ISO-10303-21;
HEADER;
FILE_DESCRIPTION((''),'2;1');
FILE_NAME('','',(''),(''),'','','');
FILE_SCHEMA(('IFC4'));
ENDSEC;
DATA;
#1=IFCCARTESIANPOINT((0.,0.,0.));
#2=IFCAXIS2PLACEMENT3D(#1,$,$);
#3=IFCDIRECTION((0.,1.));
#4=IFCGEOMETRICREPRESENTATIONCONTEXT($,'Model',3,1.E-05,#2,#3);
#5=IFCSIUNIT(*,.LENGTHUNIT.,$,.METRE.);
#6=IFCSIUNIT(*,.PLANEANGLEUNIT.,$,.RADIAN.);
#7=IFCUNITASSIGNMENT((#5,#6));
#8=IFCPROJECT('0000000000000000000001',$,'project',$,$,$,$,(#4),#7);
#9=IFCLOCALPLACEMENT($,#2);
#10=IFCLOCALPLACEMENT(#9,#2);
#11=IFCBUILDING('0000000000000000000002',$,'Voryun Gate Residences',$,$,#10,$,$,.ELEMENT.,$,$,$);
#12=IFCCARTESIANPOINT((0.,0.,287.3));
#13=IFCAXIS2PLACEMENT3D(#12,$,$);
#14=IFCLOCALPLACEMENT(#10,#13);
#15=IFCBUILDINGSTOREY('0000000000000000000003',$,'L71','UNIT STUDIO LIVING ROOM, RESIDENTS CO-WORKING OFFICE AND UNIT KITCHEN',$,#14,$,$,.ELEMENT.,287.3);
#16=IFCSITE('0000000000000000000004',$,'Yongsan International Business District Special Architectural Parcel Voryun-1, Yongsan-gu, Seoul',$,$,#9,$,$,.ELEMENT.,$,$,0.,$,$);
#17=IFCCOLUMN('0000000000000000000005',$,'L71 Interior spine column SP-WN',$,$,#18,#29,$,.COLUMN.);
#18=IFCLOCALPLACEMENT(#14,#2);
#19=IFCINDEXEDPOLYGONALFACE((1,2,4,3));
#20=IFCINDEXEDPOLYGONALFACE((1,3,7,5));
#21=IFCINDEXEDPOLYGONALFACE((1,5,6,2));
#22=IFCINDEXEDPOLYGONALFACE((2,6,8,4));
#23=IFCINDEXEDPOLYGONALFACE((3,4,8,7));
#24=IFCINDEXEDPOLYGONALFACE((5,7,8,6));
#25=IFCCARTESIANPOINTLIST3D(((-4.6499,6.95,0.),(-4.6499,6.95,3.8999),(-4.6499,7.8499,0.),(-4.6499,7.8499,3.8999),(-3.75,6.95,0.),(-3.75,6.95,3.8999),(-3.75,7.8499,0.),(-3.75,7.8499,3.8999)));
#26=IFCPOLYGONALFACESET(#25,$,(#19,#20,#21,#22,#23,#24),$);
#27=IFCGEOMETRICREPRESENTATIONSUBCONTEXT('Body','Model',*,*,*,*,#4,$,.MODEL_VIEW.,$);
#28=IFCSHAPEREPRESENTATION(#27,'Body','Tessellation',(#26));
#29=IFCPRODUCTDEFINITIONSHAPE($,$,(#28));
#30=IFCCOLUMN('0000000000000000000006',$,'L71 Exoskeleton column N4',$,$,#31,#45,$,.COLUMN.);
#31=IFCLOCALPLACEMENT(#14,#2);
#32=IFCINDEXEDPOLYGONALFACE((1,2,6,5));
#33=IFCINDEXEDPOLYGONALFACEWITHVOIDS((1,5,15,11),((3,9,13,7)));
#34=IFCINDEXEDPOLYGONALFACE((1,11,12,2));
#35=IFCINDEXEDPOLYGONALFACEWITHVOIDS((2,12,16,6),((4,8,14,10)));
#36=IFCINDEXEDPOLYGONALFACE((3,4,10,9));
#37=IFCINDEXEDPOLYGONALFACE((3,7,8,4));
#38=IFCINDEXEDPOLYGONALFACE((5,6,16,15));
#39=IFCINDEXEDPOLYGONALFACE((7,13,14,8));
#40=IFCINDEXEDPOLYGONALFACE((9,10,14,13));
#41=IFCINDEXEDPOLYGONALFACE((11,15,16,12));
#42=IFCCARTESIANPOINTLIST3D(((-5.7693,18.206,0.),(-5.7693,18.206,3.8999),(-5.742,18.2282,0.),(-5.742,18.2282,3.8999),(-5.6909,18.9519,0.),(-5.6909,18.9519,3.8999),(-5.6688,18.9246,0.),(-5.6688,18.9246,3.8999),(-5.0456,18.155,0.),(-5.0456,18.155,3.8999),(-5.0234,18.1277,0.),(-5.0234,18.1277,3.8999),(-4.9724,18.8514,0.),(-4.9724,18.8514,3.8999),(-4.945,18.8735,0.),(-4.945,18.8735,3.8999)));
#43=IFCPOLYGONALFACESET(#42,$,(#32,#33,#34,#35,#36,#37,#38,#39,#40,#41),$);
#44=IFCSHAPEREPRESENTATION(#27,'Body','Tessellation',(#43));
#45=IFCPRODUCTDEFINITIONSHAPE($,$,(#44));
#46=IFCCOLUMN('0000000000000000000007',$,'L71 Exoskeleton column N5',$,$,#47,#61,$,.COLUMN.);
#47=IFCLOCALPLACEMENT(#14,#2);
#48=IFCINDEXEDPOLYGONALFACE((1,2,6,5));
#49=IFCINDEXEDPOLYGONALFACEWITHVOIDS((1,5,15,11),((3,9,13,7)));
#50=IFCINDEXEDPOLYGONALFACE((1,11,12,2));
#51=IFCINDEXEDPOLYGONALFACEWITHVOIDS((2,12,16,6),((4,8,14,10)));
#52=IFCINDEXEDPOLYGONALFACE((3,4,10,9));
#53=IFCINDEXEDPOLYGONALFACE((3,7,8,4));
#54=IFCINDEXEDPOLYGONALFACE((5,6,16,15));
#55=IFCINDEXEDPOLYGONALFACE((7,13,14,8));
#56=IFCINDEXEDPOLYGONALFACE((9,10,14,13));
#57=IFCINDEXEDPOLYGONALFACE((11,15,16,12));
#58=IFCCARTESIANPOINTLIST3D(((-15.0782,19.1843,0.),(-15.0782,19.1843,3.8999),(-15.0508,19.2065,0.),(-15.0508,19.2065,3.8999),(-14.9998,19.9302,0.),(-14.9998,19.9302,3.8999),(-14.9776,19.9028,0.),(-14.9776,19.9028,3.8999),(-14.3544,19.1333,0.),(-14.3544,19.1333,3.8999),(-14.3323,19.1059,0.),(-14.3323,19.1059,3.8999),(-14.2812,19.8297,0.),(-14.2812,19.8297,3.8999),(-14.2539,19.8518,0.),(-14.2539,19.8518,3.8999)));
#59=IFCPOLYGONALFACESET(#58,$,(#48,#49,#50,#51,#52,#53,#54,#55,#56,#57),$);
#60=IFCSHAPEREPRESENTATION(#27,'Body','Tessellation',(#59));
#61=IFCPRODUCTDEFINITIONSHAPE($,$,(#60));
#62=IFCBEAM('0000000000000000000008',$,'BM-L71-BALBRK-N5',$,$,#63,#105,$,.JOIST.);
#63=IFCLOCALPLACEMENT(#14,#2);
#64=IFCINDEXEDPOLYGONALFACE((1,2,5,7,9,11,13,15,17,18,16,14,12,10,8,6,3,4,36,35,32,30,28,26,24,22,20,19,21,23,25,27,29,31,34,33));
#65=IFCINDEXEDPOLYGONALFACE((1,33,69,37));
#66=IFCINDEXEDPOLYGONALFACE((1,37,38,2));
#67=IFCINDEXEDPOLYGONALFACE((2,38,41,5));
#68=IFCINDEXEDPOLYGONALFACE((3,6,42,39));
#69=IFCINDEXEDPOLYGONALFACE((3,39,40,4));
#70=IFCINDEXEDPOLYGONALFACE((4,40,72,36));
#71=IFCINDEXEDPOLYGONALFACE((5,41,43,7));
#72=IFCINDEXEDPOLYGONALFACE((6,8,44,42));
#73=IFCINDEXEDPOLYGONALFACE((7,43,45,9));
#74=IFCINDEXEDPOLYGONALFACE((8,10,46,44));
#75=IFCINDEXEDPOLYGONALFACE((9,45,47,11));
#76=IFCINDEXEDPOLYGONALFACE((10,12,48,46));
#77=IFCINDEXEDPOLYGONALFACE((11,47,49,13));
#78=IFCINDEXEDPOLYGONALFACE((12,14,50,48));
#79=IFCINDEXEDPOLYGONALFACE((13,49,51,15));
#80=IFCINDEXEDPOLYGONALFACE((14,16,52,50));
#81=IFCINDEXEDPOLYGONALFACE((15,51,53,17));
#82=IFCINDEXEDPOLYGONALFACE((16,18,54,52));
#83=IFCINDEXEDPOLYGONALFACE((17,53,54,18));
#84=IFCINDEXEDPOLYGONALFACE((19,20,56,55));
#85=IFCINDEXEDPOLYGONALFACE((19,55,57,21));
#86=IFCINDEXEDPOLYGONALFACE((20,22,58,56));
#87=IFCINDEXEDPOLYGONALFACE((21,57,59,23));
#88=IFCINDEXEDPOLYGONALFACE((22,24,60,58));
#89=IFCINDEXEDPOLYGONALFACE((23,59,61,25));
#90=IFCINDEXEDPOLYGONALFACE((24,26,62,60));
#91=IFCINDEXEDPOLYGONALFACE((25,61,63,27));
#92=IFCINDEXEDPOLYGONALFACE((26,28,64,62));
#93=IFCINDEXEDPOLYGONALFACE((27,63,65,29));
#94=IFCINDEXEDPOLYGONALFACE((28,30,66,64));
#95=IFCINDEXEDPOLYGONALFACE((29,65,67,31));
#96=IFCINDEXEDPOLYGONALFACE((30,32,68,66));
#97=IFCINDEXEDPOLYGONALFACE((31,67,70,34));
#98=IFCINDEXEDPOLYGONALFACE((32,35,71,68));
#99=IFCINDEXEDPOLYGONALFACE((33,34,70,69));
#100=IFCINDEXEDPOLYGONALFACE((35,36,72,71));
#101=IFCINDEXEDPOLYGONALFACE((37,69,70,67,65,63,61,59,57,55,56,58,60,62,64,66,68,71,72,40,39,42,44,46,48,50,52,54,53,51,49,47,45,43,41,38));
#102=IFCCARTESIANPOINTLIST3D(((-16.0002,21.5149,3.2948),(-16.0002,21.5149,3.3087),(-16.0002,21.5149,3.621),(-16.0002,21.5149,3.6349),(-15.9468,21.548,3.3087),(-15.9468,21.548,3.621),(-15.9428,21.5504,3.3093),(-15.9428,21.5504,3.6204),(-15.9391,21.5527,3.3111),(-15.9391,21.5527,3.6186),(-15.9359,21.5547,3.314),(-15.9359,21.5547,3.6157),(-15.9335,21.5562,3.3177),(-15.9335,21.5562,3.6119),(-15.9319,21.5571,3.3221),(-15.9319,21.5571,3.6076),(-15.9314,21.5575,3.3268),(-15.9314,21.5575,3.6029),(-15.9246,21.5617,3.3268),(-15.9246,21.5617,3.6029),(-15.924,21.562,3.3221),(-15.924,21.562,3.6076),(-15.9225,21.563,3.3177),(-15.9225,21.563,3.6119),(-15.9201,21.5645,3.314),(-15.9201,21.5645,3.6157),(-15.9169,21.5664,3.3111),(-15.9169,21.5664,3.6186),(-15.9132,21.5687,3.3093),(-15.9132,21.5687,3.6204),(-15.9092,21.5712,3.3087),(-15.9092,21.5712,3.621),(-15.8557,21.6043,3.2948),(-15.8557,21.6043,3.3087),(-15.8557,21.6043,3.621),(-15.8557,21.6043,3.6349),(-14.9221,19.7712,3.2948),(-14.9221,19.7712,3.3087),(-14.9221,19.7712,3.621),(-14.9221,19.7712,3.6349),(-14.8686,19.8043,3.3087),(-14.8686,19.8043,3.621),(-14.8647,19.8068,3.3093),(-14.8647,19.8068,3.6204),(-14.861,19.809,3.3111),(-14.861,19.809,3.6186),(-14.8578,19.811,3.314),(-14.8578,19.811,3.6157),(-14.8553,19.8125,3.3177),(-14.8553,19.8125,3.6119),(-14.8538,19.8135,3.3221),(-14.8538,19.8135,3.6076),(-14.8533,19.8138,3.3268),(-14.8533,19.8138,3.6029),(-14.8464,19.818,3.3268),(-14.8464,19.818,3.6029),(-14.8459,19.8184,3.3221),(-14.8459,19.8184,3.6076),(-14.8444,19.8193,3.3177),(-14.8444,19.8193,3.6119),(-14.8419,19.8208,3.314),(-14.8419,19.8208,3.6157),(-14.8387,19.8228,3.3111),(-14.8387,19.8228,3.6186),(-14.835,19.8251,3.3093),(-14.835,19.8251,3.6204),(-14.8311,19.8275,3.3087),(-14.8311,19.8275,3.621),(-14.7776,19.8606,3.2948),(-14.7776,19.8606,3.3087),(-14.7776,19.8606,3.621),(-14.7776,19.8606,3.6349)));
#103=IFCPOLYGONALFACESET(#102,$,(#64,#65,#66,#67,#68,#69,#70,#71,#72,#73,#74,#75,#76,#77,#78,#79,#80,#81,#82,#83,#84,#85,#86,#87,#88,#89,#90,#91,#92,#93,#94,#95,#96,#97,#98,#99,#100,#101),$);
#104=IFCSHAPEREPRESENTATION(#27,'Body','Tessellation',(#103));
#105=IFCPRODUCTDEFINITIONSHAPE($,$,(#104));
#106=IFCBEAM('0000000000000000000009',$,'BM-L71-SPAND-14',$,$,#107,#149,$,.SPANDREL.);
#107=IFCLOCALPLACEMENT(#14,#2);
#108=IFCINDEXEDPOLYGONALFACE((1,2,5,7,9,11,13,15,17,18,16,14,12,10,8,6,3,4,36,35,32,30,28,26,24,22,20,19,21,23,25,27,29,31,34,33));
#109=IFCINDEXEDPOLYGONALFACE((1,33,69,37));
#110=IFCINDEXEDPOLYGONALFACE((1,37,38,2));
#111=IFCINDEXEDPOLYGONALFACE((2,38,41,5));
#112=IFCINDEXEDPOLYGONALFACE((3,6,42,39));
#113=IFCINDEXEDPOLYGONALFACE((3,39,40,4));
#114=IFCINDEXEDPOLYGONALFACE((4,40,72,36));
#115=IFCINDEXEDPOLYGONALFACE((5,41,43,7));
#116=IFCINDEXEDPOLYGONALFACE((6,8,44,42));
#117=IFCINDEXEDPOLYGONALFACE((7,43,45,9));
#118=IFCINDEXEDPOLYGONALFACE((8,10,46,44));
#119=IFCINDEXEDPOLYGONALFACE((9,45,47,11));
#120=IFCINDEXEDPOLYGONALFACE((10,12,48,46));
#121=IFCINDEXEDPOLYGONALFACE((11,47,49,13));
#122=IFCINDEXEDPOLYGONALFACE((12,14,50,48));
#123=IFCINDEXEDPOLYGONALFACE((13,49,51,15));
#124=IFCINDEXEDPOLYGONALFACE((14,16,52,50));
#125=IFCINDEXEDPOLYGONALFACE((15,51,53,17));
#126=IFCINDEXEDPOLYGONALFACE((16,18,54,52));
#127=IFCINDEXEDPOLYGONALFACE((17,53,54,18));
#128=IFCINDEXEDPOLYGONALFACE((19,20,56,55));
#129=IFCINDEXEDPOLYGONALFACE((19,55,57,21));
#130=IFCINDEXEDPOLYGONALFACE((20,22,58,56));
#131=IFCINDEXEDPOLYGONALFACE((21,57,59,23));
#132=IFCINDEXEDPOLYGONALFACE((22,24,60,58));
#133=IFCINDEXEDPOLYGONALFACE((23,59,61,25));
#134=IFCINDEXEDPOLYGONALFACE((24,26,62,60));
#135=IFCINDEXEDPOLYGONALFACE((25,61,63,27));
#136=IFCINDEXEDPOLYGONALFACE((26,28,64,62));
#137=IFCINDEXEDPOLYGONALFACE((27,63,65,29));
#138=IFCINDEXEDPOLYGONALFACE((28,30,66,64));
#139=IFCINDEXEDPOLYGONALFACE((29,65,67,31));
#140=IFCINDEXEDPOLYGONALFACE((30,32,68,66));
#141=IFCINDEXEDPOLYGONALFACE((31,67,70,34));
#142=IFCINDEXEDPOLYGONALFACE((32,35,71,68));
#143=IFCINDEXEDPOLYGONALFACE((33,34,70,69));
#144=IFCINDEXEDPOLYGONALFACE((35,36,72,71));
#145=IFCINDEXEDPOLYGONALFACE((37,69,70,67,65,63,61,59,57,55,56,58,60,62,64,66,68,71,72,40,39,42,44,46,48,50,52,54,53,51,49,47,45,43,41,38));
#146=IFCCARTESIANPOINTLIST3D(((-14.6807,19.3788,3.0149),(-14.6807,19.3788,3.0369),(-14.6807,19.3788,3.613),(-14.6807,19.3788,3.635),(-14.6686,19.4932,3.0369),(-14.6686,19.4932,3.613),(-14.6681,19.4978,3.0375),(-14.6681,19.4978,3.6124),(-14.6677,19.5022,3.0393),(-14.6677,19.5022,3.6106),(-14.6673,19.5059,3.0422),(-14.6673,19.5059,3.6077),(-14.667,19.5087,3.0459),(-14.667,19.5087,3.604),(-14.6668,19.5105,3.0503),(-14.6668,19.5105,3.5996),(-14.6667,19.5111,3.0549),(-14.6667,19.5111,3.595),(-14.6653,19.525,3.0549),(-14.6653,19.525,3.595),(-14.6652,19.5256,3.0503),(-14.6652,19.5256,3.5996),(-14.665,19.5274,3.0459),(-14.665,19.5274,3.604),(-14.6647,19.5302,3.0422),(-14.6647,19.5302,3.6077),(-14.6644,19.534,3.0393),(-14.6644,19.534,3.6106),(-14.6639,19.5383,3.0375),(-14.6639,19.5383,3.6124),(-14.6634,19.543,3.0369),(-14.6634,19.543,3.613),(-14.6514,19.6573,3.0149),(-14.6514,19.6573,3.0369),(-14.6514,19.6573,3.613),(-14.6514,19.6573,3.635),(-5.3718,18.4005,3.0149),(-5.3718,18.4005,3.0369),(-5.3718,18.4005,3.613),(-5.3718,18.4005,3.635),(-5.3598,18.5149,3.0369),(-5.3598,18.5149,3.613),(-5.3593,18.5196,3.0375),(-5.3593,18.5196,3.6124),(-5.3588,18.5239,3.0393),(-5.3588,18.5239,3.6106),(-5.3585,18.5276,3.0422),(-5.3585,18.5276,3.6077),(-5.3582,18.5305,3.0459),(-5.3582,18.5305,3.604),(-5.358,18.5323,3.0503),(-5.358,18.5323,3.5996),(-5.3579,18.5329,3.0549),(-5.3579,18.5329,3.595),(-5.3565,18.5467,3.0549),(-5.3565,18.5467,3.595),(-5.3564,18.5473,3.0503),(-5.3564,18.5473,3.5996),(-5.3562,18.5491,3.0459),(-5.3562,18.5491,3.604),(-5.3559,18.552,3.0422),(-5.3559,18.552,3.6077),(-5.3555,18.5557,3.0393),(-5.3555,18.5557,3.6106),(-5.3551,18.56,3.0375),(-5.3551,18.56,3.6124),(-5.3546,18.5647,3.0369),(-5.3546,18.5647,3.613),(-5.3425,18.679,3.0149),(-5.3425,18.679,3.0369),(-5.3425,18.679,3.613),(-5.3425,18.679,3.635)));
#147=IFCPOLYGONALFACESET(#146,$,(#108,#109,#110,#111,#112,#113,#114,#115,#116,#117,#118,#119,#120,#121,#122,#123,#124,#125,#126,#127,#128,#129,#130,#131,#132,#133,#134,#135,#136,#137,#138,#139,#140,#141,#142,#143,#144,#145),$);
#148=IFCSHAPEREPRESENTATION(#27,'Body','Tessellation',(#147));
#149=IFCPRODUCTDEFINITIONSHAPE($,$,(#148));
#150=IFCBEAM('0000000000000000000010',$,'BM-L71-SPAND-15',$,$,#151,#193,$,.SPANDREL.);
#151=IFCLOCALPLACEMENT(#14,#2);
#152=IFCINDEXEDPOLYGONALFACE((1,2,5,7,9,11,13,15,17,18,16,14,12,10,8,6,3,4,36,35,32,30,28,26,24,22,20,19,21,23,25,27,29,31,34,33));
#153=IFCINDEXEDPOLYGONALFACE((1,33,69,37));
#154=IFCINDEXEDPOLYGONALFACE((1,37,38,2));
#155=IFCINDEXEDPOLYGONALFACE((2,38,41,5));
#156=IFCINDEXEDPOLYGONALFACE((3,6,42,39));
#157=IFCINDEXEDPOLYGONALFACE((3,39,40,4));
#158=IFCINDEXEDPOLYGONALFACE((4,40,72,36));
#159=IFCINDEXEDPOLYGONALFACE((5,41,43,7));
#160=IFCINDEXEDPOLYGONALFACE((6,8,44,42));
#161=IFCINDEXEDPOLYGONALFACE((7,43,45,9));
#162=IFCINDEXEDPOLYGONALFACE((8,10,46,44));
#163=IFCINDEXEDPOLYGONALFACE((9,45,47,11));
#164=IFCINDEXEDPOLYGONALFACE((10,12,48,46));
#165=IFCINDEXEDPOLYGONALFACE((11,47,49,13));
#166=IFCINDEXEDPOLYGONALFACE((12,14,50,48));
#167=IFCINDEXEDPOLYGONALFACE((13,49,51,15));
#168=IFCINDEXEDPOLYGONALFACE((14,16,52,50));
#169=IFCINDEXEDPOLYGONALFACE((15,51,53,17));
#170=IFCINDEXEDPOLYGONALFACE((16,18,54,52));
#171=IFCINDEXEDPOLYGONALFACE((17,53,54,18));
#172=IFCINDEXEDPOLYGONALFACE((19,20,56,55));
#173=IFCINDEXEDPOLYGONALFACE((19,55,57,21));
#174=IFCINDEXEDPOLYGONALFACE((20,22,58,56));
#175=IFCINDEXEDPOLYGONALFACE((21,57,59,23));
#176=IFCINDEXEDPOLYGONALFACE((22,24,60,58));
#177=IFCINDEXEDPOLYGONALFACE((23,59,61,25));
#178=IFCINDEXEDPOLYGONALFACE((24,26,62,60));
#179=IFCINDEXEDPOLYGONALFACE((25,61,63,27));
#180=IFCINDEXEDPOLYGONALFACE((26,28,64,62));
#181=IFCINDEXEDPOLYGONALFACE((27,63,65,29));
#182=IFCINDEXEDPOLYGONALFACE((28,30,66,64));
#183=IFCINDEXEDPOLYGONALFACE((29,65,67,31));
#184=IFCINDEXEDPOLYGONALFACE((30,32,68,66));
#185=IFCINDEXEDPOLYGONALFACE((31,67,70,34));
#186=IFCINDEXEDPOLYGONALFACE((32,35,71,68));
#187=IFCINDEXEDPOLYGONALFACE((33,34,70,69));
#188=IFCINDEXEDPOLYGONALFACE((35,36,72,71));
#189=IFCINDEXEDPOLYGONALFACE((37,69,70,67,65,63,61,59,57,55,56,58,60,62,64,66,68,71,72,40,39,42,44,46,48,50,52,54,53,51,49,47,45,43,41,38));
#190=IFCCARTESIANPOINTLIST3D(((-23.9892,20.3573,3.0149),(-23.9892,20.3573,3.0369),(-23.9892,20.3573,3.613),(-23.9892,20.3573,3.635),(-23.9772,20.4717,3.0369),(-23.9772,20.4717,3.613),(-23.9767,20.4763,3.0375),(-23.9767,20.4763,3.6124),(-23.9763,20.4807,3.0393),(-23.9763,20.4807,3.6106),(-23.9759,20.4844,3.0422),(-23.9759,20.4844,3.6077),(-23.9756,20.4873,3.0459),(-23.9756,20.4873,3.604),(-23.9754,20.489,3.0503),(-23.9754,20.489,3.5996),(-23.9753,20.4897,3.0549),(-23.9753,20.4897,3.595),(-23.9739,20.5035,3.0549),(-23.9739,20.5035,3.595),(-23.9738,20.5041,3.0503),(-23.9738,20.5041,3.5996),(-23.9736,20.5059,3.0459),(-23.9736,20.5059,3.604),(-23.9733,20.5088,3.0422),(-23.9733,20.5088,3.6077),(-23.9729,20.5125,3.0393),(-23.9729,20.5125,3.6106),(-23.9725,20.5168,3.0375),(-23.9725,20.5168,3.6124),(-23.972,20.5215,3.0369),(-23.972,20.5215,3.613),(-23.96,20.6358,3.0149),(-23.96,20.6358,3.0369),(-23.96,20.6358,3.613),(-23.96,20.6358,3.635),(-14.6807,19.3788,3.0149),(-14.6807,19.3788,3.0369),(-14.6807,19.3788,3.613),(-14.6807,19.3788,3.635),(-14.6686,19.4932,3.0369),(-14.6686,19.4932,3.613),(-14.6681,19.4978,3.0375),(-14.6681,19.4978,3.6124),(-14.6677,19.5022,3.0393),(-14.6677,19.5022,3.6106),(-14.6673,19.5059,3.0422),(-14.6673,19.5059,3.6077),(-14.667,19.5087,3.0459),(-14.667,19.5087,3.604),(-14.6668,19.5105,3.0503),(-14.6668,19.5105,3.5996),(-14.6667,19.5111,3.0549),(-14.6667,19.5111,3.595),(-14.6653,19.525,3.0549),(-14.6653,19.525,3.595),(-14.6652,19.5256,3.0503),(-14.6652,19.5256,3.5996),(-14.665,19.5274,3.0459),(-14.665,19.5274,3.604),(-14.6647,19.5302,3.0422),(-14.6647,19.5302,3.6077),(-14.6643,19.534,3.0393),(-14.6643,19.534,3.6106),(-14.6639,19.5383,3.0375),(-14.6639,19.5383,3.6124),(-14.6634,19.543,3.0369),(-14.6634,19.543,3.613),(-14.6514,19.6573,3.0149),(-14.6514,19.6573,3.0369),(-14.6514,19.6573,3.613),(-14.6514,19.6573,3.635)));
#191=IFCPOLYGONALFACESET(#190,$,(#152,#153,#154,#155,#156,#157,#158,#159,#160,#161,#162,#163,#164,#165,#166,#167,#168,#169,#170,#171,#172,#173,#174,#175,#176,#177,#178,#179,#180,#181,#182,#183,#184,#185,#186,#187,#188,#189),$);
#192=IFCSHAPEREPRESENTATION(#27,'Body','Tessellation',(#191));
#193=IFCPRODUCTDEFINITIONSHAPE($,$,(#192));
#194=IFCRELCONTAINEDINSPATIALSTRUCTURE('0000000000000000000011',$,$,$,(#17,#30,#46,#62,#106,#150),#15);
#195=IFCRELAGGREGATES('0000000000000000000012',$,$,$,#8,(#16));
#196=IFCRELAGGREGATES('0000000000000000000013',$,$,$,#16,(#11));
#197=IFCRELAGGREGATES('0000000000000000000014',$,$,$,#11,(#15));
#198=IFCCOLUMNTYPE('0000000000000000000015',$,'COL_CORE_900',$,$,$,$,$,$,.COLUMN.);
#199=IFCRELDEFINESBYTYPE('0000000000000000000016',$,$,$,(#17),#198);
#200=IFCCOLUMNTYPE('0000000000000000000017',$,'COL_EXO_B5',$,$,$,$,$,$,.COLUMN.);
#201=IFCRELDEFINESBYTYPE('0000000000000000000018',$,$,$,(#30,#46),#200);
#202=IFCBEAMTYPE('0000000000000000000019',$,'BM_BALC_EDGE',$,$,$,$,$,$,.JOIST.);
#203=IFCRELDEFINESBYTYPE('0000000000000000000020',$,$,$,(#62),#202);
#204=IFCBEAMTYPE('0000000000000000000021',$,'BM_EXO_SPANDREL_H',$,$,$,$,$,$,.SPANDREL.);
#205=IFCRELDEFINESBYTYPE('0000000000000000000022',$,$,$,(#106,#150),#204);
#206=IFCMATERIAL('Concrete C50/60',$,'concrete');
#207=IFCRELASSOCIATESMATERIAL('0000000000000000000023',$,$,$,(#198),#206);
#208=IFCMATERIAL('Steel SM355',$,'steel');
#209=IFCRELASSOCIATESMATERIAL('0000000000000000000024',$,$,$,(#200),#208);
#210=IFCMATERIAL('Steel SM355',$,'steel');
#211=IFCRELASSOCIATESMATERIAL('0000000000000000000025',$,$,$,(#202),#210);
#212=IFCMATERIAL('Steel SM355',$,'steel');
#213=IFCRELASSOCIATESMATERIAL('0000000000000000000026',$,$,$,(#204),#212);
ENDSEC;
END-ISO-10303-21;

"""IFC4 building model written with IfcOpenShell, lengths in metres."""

from ifc_helpers import new_model, si_unit, direction, frame, origin, origin_2d, place, context, subcontext, project, spatial, rectangle, hollow_rectangle, i_section, extrude, material, material_profile, profile_set, type_object, element, save


model = new_model("IFC4")

# Units and contexts
model_context = context("Model", 3, precision=1e-05, world=origin(), true_north=direction((0.0, 1.0)))
body_context = subcontext(model_context, "Body", "Model", "MODEL_VIEW")
ifc_project = project(units=[si_unit("LENGTHUNIT", "METRE"), si_unit("PLANEANGLEUNIT", "RADIAN")], contexts=[model_context])

# Site, building, storey
site_placement = place(None, origin())
site = spatial("IfcSite", under=ifc_project, at=site_placement, Name="Yongsan International Business District Special Architectural Parcel Voryun-1, Yongsan-gu, Seoul", CompositionType="ELEMENT", RefElevation=0.0)
building_placement = place(site_placement, origin())
building = spatial("IfcBuilding", under=site, at=building_placement, Name="Voryun Gate Residences", CompositionType="ELEMENT")
storey_placement = place(building_placement, frame((0.0, 0.0, 287.3)))
storey = spatial("IfcBuildingStorey", under=building, at=storey_placement, Name="L71", Description="UNIT STUDIO LIVING ROOM, RESIDENTS CO-WORKING OFFICE AND UNIT KITCHEN", CompositionType="ELEMENT", Elevation=287.3)

# Columns
ifc_material_1 = material(Name="Concrete C50/60", Category="concrete")
ifc_material_profile_1 = material_profile(ifc_material_1, rectangle(XDim=0.8999, YDim=0.8999, at=origin_2d()), Name="RC-900x900")
ifc_profile_set_1 = profile_set([ifc_material_profile_1], Name="Concrete C50/60")
column_type_1 = type_object("IfcColumnType", Name="COL_CORE_900", PredefinedType="COLUMN", material=ifc_profile_set_1)
column_placement = place(storey_placement, frame((-4.2, 7.3999, 0.0), z_axis=(0.0, 0.0, 1.0), x_axis=(1.0, 0.0, 0.0)))
element("IfcColumn", 1, at=column_placement, inside=storey, type_object=column_type_1, Name="L71 Interior spine column SP-WN", PredefinedType="COLUMN", context=body_context, shape_type="SweptSolid", body=[
    extrude(rectangle(XDim=0.8999, YDim=0.8999, at=origin_2d()), origin(), (0.0, 0.0, 1.0), 3.8999),
])
ifc_material_2 = material(Name="Steel SM355", Category="steel")
ifc_material_profile_2 = material_profile(ifc_material_2, hollow_rectangle(XDim=0.75, YDim=0.75, WallThickness=0.0249, at=origin_2d()), Name="BOX-750x750x25")
ifc_profile_set_2 = profile_set([ifc_material_profile_2], Name="Steel SM355")
column_type_2 = type_object("IfcColumnType", Name="COL_EXO_B5", PredefinedType="COLUMN", material=ifc_profile_set_2)
for number, where, z_axis, x_axis, name in (
    (2, (-5.3572, 18.5398, 0.0), (0.0, 0.0, 1.0), (0.994522, -0.104528, 0.0), "L71 Exoskeleton column N4"),
    (3, (-14.666, 19.5181, 0.0), (0.0, 0.0, 1.0), (0.994522, -0.104528, 0.0), "L71 Exoskeleton column N5"),
):
    element("IfcColumn", number, at=place(storey_placement, frame(where, z_axis=z_axis, x_axis=x_axis)), inside=storey, type_object=column_type_2, Name=name, PredefinedType="COLUMN", context=body_context, shape_type="SweptSolid", body=[
        extrude(hollow_rectangle(XDim=0.75, YDim=0.75, WallThickness=0.0249, at=origin_2d()), origin(), (0.0, 0.0, 1.0), 3.8999),
    ])

# Beams
ifc_material_3 = material(Name="Steel SM355", Category="steel")
ifc_material_profile_3 = material_profile(ifc_material_3, i_section(OverallWidth=0.1699, OverallDepth=0.3401, WebThickness=0.0081, FlangeThickness=0.0139, FilletRadius=0.0181, at=origin_2d()), Name="H-340x170x8x14")
ifc_profile_set_3 = profile_set([ifc_material_profile_3], Name="Steel SM355")
beam_type_1 = type_object("IfcBeamType", Name="BM_BALC_EDGE", PredefinedType="JOIST", material=ifc_profile_set_3)
beam_1_placement = place(storey_placement, frame((-14.8499, 19.8159, 3.4648), z_axis=(-0.525904, 0.850544, 0.0), x_axis=(-0.850544, -0.525904, 0.0)))
element("IfcBeam", 4, at=beam_1_placement, inside=storey, type_object=beam_type_1, Name="BM-L71-BALBRK-N5", PredefinedType="JOIST", context=body_context, shape_type="SweptSolid", body=[
    extrude(i_section(OverallWidth=0.1699, OverallDepth=0.3401, WebThickness=0.0081, FlangeThickness=0.0139, FilletRadius=0.0181, at=origin_2d()), origin(), (0.0, 0.0, 1.0), 2.05),
])
ifc_material_4 = material(Name="Steel SM355", Category="steel")
ifc_material_profile_4 = material_profile(ifc_material_4, i_section(OverallWidth=0.28, OverallDepth=0.6201, WebThickness=0.0139, FlangeThickness=0.022, FilletRadius=0.0181, at=origin_2d()), Name="H-620x280x14x22")
ifc_profile_set_4 = profile_set([ifc_material_profile_4], Name="Steel SM355")
beam_type_2 = type_object("IfcBeamType", Name="BM_EXO_SPANDREL_H", PredefinedType="SPANDREL", material=ifc_profile_set_4)
beam_2_placement = place(storey_placement, frame((-5.3572, 18.5398, 3.325), z_axis=(-0.994523, 0.104515, 0.0), x_axis=(-0.104515, -0.994523, 0.0)))
element("IfcBeam", 5, at=beam_2_placement, inside=storey, type_object=beam_type_2, Name="BM-L71-SPAND-14", PredefinedType="SPANDREL", context=body_context, shape_type="SweptSolid", body=[
    extrude(i_section(OverallWidth=0.28, OverallDepth=0.6201, WebThickness=0.0139, FlangeThickness=0.022, FilletRadius=0.0181, at=origin_2d()), origin(), (0.0, 0.0, 1.0), 9.3601),
])
beam_3_placement = place(storey_placement, frame((-14.666, 19.5181, 3.325), z_axis=(-0.99452, 0.104544, 0.0), x_axis=(-0.104544, -0.99452, 0.0)))
element("IfcBeam", 6, at=beam_3_placement, inside=storey, type_object=beam_type_2, Name="BM-L71-SPAND-15", PredefinedType="SPANDREL", context=body_context, shape_type="SweptSolid", body=[
    extrude(i_section(OverallWidth=0.28, OverallDepth=0.6201, WebThickness=0.0139, FlangeThickness=0.022, FilletRadius=0.0181, at=origin_2d()), origin(), (0.0, 0.0, 1.0), 9.3599),
])

save(model, "model.ifc")
